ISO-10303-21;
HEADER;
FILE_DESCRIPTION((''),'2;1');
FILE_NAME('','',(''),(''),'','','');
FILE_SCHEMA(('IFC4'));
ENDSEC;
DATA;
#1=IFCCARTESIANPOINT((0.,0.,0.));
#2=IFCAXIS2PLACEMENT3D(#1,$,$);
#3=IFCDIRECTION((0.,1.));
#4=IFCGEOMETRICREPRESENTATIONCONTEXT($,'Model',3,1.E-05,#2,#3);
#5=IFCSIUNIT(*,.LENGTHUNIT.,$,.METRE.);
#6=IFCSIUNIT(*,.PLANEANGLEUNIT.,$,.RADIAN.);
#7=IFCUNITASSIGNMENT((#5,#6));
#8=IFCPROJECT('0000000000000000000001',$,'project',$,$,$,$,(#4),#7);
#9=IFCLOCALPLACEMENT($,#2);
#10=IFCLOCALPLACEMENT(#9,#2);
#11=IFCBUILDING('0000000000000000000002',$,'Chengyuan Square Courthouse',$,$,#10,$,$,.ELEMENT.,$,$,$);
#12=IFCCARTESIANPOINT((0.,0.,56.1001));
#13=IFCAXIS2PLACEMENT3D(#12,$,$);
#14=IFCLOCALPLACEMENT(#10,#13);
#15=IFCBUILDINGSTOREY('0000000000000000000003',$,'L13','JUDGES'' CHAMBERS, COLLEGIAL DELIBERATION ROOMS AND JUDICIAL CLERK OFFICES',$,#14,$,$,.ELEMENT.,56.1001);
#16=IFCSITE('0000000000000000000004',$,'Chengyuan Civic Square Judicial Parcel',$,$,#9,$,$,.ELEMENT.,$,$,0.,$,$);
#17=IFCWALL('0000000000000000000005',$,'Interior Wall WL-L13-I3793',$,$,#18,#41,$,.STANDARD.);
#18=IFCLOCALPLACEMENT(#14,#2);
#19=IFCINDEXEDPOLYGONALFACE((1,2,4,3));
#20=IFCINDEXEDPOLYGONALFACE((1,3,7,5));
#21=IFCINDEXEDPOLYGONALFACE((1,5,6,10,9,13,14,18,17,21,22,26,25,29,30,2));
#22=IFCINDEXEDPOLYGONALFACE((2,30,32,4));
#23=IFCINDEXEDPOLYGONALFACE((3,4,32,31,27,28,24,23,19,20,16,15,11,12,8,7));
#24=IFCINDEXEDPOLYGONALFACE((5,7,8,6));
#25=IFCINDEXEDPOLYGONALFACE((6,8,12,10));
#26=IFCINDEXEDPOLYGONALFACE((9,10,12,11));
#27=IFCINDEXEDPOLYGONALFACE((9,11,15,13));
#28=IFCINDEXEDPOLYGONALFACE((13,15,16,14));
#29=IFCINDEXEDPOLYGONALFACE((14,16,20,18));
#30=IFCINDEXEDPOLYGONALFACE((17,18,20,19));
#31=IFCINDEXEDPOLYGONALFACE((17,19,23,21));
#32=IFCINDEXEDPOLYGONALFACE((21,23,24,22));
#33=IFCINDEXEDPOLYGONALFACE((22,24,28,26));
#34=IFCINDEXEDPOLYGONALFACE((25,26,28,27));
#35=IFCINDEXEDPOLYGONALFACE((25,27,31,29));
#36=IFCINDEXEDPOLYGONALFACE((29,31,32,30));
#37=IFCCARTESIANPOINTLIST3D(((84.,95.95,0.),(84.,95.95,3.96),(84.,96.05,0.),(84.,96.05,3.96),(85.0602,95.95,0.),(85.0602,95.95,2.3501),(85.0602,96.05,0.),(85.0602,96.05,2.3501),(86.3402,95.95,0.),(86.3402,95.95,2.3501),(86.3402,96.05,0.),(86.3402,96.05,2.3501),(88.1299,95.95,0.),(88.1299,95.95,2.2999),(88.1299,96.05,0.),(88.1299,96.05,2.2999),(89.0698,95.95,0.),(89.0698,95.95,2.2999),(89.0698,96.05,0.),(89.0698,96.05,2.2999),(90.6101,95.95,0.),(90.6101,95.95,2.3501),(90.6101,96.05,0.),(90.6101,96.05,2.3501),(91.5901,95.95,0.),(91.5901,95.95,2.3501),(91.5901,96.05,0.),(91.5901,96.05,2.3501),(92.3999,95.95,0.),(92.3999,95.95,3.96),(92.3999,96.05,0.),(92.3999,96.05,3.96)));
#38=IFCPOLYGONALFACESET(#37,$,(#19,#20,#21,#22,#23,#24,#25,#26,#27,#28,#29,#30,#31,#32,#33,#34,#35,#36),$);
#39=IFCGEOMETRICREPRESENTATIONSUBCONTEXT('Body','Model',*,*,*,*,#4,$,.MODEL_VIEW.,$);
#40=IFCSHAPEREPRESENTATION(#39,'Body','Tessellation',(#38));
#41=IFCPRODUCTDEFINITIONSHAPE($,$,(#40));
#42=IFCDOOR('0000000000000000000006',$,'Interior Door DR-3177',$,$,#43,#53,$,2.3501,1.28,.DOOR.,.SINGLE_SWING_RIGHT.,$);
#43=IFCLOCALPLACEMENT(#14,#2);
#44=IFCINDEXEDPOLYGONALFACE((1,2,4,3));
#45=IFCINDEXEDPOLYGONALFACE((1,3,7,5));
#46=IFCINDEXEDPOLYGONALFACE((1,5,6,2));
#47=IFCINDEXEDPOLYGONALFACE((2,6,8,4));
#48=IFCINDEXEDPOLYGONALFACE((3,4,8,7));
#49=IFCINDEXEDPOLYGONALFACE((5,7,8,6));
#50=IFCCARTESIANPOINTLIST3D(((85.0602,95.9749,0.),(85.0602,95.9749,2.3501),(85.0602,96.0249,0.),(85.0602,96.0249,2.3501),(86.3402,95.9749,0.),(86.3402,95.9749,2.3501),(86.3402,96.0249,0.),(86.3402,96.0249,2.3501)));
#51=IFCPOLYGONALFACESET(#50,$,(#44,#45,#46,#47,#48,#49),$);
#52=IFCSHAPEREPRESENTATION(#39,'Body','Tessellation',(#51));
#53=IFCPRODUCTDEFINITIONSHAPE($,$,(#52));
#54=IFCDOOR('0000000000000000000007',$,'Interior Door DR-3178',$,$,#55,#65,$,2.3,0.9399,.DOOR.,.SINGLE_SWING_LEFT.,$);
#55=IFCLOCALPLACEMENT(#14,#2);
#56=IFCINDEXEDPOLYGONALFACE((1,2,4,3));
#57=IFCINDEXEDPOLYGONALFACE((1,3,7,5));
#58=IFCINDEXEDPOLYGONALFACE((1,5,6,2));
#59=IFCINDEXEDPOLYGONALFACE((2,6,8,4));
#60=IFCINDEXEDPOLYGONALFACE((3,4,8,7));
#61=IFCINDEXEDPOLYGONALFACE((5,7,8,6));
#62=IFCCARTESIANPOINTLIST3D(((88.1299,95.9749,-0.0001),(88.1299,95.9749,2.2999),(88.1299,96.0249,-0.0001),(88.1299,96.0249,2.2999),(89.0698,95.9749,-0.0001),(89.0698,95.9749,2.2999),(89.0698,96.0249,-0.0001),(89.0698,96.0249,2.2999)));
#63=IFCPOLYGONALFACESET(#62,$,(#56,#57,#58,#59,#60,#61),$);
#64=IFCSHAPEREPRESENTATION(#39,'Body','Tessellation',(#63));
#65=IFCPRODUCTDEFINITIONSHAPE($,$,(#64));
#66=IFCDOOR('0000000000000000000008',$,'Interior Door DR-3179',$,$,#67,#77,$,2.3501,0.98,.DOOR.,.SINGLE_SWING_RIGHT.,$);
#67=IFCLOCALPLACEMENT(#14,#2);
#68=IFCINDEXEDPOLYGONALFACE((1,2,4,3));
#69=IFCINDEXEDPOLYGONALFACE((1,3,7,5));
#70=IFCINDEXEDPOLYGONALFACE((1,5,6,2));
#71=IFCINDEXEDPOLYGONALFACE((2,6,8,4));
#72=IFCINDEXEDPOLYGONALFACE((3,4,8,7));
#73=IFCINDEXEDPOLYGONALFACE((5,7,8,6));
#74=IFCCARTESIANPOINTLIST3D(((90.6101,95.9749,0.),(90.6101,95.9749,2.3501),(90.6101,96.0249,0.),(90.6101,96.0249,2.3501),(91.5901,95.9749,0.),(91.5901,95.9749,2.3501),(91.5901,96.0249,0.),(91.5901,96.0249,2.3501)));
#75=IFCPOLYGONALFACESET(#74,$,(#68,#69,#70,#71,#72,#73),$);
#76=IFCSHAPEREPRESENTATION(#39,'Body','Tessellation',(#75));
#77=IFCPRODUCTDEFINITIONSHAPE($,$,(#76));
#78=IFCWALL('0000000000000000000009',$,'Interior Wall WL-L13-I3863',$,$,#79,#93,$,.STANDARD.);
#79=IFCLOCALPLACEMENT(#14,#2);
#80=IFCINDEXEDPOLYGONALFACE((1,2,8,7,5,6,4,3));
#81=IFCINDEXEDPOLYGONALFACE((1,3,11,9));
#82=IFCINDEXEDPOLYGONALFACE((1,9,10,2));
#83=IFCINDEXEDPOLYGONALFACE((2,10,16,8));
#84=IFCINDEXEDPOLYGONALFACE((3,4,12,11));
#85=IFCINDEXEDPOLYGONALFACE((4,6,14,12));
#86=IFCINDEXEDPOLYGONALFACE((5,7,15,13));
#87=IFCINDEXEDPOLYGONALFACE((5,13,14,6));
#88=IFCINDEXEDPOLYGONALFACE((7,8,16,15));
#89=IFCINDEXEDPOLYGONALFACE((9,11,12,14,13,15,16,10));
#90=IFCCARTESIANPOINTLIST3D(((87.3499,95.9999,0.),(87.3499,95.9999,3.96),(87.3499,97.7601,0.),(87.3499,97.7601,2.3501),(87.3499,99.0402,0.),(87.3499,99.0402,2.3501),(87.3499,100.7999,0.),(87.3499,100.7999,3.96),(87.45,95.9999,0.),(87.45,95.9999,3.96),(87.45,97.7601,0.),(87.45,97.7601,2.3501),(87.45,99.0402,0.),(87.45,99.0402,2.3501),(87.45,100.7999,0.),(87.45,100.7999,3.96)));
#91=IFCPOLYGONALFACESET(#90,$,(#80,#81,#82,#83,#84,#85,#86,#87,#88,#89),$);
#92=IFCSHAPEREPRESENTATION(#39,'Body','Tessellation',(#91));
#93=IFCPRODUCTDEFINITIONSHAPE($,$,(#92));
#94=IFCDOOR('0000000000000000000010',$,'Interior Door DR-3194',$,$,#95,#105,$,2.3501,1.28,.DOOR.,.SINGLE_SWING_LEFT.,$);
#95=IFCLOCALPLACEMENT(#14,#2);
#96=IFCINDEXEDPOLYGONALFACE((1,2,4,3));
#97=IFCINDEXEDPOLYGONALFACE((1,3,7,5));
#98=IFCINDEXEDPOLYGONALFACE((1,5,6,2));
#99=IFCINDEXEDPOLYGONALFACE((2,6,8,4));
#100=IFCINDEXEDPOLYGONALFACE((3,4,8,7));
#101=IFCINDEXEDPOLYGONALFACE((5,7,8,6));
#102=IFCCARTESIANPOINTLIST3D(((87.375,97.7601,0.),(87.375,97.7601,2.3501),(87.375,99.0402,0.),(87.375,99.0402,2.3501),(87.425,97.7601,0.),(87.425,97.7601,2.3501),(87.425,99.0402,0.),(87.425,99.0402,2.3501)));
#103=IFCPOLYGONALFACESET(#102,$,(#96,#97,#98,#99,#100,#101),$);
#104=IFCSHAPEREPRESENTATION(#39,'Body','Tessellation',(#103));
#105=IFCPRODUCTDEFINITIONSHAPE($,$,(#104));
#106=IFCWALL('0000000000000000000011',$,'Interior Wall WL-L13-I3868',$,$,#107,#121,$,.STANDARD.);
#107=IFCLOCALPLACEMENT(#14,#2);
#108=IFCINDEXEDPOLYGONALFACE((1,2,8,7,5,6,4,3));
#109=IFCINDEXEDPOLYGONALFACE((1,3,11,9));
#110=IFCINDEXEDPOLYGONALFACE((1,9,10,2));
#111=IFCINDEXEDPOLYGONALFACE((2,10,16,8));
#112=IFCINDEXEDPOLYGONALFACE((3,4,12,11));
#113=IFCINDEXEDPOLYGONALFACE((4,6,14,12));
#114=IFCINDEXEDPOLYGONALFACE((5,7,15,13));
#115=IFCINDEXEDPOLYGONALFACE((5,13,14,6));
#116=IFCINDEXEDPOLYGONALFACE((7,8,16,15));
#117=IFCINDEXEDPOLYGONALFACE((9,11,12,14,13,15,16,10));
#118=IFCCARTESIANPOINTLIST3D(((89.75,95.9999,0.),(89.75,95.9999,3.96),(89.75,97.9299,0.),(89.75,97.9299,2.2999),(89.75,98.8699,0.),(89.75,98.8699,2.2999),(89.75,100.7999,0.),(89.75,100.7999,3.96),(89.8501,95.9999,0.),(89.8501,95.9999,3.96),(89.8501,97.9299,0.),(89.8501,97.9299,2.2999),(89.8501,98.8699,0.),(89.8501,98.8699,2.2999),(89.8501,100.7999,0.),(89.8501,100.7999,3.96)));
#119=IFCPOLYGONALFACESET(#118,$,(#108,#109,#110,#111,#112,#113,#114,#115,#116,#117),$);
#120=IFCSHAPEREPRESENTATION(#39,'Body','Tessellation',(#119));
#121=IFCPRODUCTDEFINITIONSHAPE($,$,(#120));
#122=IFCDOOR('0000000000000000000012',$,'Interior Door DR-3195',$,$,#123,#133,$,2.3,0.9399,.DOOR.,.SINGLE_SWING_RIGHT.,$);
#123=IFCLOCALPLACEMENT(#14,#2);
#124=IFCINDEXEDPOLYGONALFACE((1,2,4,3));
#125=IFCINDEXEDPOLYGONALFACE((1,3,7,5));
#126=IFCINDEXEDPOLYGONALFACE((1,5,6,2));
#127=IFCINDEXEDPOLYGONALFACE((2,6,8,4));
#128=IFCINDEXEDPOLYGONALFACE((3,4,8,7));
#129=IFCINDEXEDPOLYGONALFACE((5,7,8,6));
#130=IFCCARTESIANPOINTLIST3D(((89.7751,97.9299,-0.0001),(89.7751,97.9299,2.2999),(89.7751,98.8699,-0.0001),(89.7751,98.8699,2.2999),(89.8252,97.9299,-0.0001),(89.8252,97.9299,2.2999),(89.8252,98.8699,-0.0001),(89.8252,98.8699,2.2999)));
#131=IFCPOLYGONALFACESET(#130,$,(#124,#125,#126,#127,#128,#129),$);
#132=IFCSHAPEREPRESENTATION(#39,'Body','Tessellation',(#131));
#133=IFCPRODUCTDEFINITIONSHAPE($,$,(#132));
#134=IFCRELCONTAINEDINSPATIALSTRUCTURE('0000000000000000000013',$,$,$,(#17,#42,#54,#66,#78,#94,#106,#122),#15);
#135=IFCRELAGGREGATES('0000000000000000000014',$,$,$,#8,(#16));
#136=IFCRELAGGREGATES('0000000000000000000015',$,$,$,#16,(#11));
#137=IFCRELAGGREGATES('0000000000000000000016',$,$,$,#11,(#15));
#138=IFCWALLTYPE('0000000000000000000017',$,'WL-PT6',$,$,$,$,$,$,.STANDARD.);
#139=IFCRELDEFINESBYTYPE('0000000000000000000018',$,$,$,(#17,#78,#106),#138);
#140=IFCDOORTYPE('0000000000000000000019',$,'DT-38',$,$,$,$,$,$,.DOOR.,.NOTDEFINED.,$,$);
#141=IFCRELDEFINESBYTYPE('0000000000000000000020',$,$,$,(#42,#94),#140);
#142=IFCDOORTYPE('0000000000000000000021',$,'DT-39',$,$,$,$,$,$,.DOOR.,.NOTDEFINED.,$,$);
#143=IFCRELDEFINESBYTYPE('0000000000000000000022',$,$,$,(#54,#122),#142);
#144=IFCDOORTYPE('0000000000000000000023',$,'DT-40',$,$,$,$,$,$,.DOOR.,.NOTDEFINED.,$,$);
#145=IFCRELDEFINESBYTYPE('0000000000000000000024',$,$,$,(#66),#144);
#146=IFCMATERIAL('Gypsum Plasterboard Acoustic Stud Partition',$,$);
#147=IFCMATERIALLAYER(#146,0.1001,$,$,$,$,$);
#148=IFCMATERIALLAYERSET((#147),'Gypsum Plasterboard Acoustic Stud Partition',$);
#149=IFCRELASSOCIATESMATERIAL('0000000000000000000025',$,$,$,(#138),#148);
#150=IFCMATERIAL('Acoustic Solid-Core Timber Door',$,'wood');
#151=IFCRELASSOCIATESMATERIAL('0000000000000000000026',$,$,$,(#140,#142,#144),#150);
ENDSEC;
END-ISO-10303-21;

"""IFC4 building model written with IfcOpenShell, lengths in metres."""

from ifc_helpers import new_model, si_unit, direction, frame, frame_2d, origin, place, context, subcontext, project, spatial, rectangle, extrude, material, layer, layer_set, type_object, element, fill, save


model = new_model("IFC4")

# Units and contexts
model_context = context("Model", 3, precision=1e-05, world=origin(), true_north=direction((0.0, 1.0)))
body_context = subcontext(model_context, "Body", "Model", "MODEL_VIEW")
ifc_project = project(units=[si_unit("LENGTHUNIT", "METRE"), si_unit("PLANEANGLEUNIT", "RADIAN")], contexts=[model_context])

# Site, building, storey
site_placement = place(None, origin())
site = spatial("IfcSite", under=ifc_project, at=site_placement, Name="Chengyuan Civic Square Judicial Parcel", CompositionType="ELEMENT", RefElevation=0.0)
building_placement = place(site_placement, origin())
building = spatial("IfcBuilding", under=site, at=building_placement, Name="Chengyuan Square Courthouse", CompositionType="ELEMENT")
storey_placement = place(building_placement, frame((0.0, 0.0, 56.1001)))
storey = spatial("IfcBuildingStorey", under=building, at=storey_placement, Name="L13", Description="JUDGES' CHAMBERS, COLLEGIAL DELIBERATION ROOMS AND JUDICIAL CLERK OFFICES", CompositionType="ELEMENT", Elevation=56.1001)

# Wall, openings, doors
ifc_material_1 = material(Name="Acoustic Solid-Core Timber Door", Category="wood")
ifc_material_2 = material(Name="Gypsum Plasterboard Acoustic Stud Partition")
ifc_layer_1 = layer(ifc_material_2, 0.1001)
ifc_layer_set_1 = layer_set([ifc_layer_1], Name="Gypsum Plasterboard Acoustic Stud Partition")
wall_type_1 = type_object("IfcWallType", Name="WL-PT6", PredefinedType="STANDARD", material=ifc_layer_set_1)
wall_1_placement = place(storey_placement, frame((84.0, 96.0, 0.0), z_axis=(0.0, 0.0, 1.0), x_axis=(1.0, 0.0, 0.0)))
wall_1 = element("IfcWall", 1, at=wall_1_placement, inside=storey, type_object=wall_type_1, Name="Interior Wall WL-L13-I3793", PredefinedType="STANDARD", context=body_context, shape_type="SweptSolid", body=[
    extrude(rectangle(XDim=8.3999, YDim=0.1001, at=frame_2d((4.2, 0.0))), origin(), (0.0, 0.0, 1.0), 3.96),
])
opening_1_placement = place(wall_1_placement, frame((1.0601, 0.0, 0.0)))
opening_1 = element("IfcOpeningElement", 2, at=opening_1_placement, cuts=wall_1, PredefinedType="OPENING", context=body_context, shape_type="SweptSolid", body=[
    extrude(rectangle(XDim=1.28, YDim=2.3501, at=frame_2d((0.6401, 1.175))), frame((0.0, 0.062, 0.0), z_axis=(0.0, -1.0, 0.0), x_axis=(1.0, 0.0, 0.0)), (0.0, 0.0, 1.0), 0.124),
])
opening_2_placement = place(wall_1_placement, frame((4.1299, 0.0, 0.0)))
opening_2 = element("IfcOpeningElement", 3, at=opening_2_placement, cuts=wall_1, PredefinedType="OPENING", context=body_context, shape_type="SweptSolid", body=[
    extrude(rectangle(XDim=0.9399, YDim=2.3, at=frame_2d((0.47, 1.1499))), frame((0.0, 0.062, 0.0), z_axis=(0.0, -1.0, 0.0), x_axis=(1.0, 0.0, 0.0)), (0.0, 0.0, 1.0), 0.124),
])
opening_3_placement = place(wall_1_placement, frame((6.6101, 0.0, 0.0)))
opening_3 = element("IfcOpeningElement", 4, at=opening_3_placement, cuts=wall_1, PredefinedType="OPENING", context=body_context, shape_type="SweptSolid", body=[
    extrude(rectangle(XDim=0.98, YDim=2.3501, at=frame_2d((0.49, 1.175))), frame((0.0, 0.062, 0.0), z_axis=(0.0, -1.0, 0.0), x_axis=(1.0, 0.0, 0.0)), (0.0, 0.0, 1.0), 0.124),
])
door_type_1 = type_object("IfcDoorType", Name="DT-38", OperationType="NOTDEFINED", PredefinedType="DOOR", material=ifc_material_1)
door_1_placement = place(opening_1_placement, origin())
door_1 = element("IfcDoor", 5, at=door_1_placement, inside=storey, type_object=door_type_1, Name="Interior Door DR-3177", OperationType="SINGLE_SWING_RIGHT", OverallHeight=2.3501, OverallWidth=1.28, PredefinedType="DOOR", context=body_context, shape_type="SweptSolid", body=[
    extrude(rectangle(XDim=1.28, YDim=2.3501, at=frame_2d((0.6401, 1.175))), frame((0.0, 0.0249, 0.0), z_axis=(0.0, -1.0, 0.0), x_axis=(1.0, 0.0, 0.0)), (0.0, 0.0, 1.0), 0.05),
])
fill(opening_1, door_1)
door_type_2 = type_object("IfcDoorType", Name="DT-39", OperationType="NOTDEFINED", PredefinedType="DOOR", material=ifc_material_1)
door_2_placement = place(opening_2_placement, origin())
door_2 = element("IfcDoor", 6, at=door_2_placement, inside=storey, type_object=door_type_2, Name="Interior Door DR-3178", OperationType="SINGLE_SWING_LEFT", OverallHeight=2.3, OverallWidth=0.9399, PredefinedType="DOOR", context=body_context, shape_type="SweptSolid", body=[
    extrude(rectangle(XDim=0.9399, YDim=2.3, at=frame_2d((0.47, 1.1499))), frame((0.0, 0.0249, 0.0), z_axis=(0.0, -1.0, 0.0), x_axis=(1.0, 0.0, 0.0)), (0.0, 0.0, 1.0), 0.05),
])
fill(opening_2, door_2)
door_type_3 = type_object("IfcDoorType", Name="DT-40", OperationType="NOTDEFINED", PredefinedType="DOOR", material=ifc_material_1)
door_3_placement = place(opening_3_placement, origin())
door_3 = element("IfcDoor", 7, at=door_3_placement, inside=storey, type_object=door_type_3, Name="Interior Door DR-3179", OperationType="SINGLE_SWING_RIGHT", OverallHeight=2.3501, OverallWidth=0.98, PredefinedType="DOOR", context=body_context, shape_type="SweptSolid", body=[
    extrude(rectangle(XDim=0.98, YDim=2.3501, at=frame_2d((0.49, 1.175))), frame((0.0, 0.0249, 0.0), z_axis=(0.0, -1.0, 0.0), x_axis=(1.0, 0.0, 0.0)), (0.0, 0.0, 1.0), 0.05),
])
fill(opening_3, door_3)

# Walls, openings, doors
wall_2_placement = place(storey_placement, frame((87.3999, 96.0, 0.0), z_axis=(0.0, 0.0, 1.0), x_axis=(0.0, 1.0, 0.0)))
wall_2 = element("IfcWall", 8, at=wall_2_placement, inside=storey, type_object=wall_type_1, Name="Interior Wall WL-L13-I3863", PredefinedType="STANDARD", context=body_context, shape_type="SweptSolid", body=[
    extrude(rectangle(XDim=4.8, YDim=0.1001, at=frame_2d((2.3999, 0.0))), origin(), (0.0, 0.0, 1.0), 3.96),
])
opening_4_placement = place(wall_2_placement, frame((1.76, 0.0, 0.0)))
opening_4 = element("IfcOpeningElement", 9, at=opening_4_placement, cuts=wall_2, PredefinedType="OPENING", context=body_context, shape_type="SweptSolid", body=[
    extrude(rectangle(XDim=1.28, YDim=2.3501, at=frame_2d((0.6401, 1.175))), frame((0.0, 0.062, 0.0), z_axis=(0.0, -1.0, 0.0), x_axis=(1.0, 0.0, 0.0)), (0.0, 0.0, 1.0), 0.124),
])
door_4_placement = place(opening_4_placement, origin())
door_4 = element("IfcDoor", 10, at=door_4_placement, inside=storey, type_object=door_type_1, Name="Interior Door DR-3194", OperationType="SINGLE_SWING_LEFT", OverallHeight=2.3501, OverallWidth=1.28, PredefinedType="DOOR", context=body_context, shape_type="SweptSolid", body=[
    extrude(rectangle(XDim=1.28, YDim=2.3501, at=frame_2d((0.6401, 1.175))), frame((0.0, 0.0249, 0.0), z_axis=(0.0, -1.0, 0.0), x_axis=(1.0, 0.0, 0.0)), (0.0, 0.0, 1.0), 0.05),
])
fill(opening_4, door_4)
wall_3_placement = place(storey_placement, frame((89.8, 96.0, 0.0), z_axis=(0.0, 0.0, 1.0), x_axis=(0.0, 1.0, 0.0)))
wall_3 = element("IfcWall", 11, at=wall_3_placement, inside=storey, type_object=wall_type_1, Name="Interior Wall WL-L13-I3868", PredefinedType="STANDARD", context=body_context, shape_type="SweptSolid", body=[
    extrude(rectangle(XDim=4.8, YDim=0.1001, at=frame_2d((2.3999, 0.0))), origin(), (0.0, 0.0, 1.0), 3.96),
])
opening_5_placement = place(wall_3_placement, frame((1.9299, 0.0, 0.0)))
opening_5 = element("IfcOpeningElement", 12, at=opening_5_placement, cuts=wall_3, PredefinedType="OPENING", context=body_context, shape_type="SweptSolid", body=[
    extrude(rectangle(XDim=0.9399, YDim=2.3, at=frame_2d((0.47, 1.1499))), frame((0.0, 0.062, 0.0), z_axis=(0.0, -1.0, 0.0), x_axis=(1.0, 0.0, 0.0)), (0.0, 0.0, 1.0), 0.124),
])
door_5_placement = place(opening_5_placement, origin())
door_5 = element("IfcDoor", 13, at=door_5_placement, inside=storey, type_object=door_type_2, Name="Interior Door DR-3195", OperationType="SINGLE_SWING_RIGHT", OverallHeight=2.3, OverallWidth=0.9399, PredefinedType="DOOR", context=body_context, shape_type="SweptSolid", body=[
    extrude(rectangle(XDim=0.9399, YDim=2.3, at=frame_2d((0.47, 1.1499))), frame((0.0, 0.0249, 0.0), z_axis=(0.0, -1.0, 0.0), x_axis=(1.0, 0.0, 0.0)), (0.0, 0.0, 1.0), 0.05),
])
fill(opening_5, door_5)

save(model, "model.ifc")
